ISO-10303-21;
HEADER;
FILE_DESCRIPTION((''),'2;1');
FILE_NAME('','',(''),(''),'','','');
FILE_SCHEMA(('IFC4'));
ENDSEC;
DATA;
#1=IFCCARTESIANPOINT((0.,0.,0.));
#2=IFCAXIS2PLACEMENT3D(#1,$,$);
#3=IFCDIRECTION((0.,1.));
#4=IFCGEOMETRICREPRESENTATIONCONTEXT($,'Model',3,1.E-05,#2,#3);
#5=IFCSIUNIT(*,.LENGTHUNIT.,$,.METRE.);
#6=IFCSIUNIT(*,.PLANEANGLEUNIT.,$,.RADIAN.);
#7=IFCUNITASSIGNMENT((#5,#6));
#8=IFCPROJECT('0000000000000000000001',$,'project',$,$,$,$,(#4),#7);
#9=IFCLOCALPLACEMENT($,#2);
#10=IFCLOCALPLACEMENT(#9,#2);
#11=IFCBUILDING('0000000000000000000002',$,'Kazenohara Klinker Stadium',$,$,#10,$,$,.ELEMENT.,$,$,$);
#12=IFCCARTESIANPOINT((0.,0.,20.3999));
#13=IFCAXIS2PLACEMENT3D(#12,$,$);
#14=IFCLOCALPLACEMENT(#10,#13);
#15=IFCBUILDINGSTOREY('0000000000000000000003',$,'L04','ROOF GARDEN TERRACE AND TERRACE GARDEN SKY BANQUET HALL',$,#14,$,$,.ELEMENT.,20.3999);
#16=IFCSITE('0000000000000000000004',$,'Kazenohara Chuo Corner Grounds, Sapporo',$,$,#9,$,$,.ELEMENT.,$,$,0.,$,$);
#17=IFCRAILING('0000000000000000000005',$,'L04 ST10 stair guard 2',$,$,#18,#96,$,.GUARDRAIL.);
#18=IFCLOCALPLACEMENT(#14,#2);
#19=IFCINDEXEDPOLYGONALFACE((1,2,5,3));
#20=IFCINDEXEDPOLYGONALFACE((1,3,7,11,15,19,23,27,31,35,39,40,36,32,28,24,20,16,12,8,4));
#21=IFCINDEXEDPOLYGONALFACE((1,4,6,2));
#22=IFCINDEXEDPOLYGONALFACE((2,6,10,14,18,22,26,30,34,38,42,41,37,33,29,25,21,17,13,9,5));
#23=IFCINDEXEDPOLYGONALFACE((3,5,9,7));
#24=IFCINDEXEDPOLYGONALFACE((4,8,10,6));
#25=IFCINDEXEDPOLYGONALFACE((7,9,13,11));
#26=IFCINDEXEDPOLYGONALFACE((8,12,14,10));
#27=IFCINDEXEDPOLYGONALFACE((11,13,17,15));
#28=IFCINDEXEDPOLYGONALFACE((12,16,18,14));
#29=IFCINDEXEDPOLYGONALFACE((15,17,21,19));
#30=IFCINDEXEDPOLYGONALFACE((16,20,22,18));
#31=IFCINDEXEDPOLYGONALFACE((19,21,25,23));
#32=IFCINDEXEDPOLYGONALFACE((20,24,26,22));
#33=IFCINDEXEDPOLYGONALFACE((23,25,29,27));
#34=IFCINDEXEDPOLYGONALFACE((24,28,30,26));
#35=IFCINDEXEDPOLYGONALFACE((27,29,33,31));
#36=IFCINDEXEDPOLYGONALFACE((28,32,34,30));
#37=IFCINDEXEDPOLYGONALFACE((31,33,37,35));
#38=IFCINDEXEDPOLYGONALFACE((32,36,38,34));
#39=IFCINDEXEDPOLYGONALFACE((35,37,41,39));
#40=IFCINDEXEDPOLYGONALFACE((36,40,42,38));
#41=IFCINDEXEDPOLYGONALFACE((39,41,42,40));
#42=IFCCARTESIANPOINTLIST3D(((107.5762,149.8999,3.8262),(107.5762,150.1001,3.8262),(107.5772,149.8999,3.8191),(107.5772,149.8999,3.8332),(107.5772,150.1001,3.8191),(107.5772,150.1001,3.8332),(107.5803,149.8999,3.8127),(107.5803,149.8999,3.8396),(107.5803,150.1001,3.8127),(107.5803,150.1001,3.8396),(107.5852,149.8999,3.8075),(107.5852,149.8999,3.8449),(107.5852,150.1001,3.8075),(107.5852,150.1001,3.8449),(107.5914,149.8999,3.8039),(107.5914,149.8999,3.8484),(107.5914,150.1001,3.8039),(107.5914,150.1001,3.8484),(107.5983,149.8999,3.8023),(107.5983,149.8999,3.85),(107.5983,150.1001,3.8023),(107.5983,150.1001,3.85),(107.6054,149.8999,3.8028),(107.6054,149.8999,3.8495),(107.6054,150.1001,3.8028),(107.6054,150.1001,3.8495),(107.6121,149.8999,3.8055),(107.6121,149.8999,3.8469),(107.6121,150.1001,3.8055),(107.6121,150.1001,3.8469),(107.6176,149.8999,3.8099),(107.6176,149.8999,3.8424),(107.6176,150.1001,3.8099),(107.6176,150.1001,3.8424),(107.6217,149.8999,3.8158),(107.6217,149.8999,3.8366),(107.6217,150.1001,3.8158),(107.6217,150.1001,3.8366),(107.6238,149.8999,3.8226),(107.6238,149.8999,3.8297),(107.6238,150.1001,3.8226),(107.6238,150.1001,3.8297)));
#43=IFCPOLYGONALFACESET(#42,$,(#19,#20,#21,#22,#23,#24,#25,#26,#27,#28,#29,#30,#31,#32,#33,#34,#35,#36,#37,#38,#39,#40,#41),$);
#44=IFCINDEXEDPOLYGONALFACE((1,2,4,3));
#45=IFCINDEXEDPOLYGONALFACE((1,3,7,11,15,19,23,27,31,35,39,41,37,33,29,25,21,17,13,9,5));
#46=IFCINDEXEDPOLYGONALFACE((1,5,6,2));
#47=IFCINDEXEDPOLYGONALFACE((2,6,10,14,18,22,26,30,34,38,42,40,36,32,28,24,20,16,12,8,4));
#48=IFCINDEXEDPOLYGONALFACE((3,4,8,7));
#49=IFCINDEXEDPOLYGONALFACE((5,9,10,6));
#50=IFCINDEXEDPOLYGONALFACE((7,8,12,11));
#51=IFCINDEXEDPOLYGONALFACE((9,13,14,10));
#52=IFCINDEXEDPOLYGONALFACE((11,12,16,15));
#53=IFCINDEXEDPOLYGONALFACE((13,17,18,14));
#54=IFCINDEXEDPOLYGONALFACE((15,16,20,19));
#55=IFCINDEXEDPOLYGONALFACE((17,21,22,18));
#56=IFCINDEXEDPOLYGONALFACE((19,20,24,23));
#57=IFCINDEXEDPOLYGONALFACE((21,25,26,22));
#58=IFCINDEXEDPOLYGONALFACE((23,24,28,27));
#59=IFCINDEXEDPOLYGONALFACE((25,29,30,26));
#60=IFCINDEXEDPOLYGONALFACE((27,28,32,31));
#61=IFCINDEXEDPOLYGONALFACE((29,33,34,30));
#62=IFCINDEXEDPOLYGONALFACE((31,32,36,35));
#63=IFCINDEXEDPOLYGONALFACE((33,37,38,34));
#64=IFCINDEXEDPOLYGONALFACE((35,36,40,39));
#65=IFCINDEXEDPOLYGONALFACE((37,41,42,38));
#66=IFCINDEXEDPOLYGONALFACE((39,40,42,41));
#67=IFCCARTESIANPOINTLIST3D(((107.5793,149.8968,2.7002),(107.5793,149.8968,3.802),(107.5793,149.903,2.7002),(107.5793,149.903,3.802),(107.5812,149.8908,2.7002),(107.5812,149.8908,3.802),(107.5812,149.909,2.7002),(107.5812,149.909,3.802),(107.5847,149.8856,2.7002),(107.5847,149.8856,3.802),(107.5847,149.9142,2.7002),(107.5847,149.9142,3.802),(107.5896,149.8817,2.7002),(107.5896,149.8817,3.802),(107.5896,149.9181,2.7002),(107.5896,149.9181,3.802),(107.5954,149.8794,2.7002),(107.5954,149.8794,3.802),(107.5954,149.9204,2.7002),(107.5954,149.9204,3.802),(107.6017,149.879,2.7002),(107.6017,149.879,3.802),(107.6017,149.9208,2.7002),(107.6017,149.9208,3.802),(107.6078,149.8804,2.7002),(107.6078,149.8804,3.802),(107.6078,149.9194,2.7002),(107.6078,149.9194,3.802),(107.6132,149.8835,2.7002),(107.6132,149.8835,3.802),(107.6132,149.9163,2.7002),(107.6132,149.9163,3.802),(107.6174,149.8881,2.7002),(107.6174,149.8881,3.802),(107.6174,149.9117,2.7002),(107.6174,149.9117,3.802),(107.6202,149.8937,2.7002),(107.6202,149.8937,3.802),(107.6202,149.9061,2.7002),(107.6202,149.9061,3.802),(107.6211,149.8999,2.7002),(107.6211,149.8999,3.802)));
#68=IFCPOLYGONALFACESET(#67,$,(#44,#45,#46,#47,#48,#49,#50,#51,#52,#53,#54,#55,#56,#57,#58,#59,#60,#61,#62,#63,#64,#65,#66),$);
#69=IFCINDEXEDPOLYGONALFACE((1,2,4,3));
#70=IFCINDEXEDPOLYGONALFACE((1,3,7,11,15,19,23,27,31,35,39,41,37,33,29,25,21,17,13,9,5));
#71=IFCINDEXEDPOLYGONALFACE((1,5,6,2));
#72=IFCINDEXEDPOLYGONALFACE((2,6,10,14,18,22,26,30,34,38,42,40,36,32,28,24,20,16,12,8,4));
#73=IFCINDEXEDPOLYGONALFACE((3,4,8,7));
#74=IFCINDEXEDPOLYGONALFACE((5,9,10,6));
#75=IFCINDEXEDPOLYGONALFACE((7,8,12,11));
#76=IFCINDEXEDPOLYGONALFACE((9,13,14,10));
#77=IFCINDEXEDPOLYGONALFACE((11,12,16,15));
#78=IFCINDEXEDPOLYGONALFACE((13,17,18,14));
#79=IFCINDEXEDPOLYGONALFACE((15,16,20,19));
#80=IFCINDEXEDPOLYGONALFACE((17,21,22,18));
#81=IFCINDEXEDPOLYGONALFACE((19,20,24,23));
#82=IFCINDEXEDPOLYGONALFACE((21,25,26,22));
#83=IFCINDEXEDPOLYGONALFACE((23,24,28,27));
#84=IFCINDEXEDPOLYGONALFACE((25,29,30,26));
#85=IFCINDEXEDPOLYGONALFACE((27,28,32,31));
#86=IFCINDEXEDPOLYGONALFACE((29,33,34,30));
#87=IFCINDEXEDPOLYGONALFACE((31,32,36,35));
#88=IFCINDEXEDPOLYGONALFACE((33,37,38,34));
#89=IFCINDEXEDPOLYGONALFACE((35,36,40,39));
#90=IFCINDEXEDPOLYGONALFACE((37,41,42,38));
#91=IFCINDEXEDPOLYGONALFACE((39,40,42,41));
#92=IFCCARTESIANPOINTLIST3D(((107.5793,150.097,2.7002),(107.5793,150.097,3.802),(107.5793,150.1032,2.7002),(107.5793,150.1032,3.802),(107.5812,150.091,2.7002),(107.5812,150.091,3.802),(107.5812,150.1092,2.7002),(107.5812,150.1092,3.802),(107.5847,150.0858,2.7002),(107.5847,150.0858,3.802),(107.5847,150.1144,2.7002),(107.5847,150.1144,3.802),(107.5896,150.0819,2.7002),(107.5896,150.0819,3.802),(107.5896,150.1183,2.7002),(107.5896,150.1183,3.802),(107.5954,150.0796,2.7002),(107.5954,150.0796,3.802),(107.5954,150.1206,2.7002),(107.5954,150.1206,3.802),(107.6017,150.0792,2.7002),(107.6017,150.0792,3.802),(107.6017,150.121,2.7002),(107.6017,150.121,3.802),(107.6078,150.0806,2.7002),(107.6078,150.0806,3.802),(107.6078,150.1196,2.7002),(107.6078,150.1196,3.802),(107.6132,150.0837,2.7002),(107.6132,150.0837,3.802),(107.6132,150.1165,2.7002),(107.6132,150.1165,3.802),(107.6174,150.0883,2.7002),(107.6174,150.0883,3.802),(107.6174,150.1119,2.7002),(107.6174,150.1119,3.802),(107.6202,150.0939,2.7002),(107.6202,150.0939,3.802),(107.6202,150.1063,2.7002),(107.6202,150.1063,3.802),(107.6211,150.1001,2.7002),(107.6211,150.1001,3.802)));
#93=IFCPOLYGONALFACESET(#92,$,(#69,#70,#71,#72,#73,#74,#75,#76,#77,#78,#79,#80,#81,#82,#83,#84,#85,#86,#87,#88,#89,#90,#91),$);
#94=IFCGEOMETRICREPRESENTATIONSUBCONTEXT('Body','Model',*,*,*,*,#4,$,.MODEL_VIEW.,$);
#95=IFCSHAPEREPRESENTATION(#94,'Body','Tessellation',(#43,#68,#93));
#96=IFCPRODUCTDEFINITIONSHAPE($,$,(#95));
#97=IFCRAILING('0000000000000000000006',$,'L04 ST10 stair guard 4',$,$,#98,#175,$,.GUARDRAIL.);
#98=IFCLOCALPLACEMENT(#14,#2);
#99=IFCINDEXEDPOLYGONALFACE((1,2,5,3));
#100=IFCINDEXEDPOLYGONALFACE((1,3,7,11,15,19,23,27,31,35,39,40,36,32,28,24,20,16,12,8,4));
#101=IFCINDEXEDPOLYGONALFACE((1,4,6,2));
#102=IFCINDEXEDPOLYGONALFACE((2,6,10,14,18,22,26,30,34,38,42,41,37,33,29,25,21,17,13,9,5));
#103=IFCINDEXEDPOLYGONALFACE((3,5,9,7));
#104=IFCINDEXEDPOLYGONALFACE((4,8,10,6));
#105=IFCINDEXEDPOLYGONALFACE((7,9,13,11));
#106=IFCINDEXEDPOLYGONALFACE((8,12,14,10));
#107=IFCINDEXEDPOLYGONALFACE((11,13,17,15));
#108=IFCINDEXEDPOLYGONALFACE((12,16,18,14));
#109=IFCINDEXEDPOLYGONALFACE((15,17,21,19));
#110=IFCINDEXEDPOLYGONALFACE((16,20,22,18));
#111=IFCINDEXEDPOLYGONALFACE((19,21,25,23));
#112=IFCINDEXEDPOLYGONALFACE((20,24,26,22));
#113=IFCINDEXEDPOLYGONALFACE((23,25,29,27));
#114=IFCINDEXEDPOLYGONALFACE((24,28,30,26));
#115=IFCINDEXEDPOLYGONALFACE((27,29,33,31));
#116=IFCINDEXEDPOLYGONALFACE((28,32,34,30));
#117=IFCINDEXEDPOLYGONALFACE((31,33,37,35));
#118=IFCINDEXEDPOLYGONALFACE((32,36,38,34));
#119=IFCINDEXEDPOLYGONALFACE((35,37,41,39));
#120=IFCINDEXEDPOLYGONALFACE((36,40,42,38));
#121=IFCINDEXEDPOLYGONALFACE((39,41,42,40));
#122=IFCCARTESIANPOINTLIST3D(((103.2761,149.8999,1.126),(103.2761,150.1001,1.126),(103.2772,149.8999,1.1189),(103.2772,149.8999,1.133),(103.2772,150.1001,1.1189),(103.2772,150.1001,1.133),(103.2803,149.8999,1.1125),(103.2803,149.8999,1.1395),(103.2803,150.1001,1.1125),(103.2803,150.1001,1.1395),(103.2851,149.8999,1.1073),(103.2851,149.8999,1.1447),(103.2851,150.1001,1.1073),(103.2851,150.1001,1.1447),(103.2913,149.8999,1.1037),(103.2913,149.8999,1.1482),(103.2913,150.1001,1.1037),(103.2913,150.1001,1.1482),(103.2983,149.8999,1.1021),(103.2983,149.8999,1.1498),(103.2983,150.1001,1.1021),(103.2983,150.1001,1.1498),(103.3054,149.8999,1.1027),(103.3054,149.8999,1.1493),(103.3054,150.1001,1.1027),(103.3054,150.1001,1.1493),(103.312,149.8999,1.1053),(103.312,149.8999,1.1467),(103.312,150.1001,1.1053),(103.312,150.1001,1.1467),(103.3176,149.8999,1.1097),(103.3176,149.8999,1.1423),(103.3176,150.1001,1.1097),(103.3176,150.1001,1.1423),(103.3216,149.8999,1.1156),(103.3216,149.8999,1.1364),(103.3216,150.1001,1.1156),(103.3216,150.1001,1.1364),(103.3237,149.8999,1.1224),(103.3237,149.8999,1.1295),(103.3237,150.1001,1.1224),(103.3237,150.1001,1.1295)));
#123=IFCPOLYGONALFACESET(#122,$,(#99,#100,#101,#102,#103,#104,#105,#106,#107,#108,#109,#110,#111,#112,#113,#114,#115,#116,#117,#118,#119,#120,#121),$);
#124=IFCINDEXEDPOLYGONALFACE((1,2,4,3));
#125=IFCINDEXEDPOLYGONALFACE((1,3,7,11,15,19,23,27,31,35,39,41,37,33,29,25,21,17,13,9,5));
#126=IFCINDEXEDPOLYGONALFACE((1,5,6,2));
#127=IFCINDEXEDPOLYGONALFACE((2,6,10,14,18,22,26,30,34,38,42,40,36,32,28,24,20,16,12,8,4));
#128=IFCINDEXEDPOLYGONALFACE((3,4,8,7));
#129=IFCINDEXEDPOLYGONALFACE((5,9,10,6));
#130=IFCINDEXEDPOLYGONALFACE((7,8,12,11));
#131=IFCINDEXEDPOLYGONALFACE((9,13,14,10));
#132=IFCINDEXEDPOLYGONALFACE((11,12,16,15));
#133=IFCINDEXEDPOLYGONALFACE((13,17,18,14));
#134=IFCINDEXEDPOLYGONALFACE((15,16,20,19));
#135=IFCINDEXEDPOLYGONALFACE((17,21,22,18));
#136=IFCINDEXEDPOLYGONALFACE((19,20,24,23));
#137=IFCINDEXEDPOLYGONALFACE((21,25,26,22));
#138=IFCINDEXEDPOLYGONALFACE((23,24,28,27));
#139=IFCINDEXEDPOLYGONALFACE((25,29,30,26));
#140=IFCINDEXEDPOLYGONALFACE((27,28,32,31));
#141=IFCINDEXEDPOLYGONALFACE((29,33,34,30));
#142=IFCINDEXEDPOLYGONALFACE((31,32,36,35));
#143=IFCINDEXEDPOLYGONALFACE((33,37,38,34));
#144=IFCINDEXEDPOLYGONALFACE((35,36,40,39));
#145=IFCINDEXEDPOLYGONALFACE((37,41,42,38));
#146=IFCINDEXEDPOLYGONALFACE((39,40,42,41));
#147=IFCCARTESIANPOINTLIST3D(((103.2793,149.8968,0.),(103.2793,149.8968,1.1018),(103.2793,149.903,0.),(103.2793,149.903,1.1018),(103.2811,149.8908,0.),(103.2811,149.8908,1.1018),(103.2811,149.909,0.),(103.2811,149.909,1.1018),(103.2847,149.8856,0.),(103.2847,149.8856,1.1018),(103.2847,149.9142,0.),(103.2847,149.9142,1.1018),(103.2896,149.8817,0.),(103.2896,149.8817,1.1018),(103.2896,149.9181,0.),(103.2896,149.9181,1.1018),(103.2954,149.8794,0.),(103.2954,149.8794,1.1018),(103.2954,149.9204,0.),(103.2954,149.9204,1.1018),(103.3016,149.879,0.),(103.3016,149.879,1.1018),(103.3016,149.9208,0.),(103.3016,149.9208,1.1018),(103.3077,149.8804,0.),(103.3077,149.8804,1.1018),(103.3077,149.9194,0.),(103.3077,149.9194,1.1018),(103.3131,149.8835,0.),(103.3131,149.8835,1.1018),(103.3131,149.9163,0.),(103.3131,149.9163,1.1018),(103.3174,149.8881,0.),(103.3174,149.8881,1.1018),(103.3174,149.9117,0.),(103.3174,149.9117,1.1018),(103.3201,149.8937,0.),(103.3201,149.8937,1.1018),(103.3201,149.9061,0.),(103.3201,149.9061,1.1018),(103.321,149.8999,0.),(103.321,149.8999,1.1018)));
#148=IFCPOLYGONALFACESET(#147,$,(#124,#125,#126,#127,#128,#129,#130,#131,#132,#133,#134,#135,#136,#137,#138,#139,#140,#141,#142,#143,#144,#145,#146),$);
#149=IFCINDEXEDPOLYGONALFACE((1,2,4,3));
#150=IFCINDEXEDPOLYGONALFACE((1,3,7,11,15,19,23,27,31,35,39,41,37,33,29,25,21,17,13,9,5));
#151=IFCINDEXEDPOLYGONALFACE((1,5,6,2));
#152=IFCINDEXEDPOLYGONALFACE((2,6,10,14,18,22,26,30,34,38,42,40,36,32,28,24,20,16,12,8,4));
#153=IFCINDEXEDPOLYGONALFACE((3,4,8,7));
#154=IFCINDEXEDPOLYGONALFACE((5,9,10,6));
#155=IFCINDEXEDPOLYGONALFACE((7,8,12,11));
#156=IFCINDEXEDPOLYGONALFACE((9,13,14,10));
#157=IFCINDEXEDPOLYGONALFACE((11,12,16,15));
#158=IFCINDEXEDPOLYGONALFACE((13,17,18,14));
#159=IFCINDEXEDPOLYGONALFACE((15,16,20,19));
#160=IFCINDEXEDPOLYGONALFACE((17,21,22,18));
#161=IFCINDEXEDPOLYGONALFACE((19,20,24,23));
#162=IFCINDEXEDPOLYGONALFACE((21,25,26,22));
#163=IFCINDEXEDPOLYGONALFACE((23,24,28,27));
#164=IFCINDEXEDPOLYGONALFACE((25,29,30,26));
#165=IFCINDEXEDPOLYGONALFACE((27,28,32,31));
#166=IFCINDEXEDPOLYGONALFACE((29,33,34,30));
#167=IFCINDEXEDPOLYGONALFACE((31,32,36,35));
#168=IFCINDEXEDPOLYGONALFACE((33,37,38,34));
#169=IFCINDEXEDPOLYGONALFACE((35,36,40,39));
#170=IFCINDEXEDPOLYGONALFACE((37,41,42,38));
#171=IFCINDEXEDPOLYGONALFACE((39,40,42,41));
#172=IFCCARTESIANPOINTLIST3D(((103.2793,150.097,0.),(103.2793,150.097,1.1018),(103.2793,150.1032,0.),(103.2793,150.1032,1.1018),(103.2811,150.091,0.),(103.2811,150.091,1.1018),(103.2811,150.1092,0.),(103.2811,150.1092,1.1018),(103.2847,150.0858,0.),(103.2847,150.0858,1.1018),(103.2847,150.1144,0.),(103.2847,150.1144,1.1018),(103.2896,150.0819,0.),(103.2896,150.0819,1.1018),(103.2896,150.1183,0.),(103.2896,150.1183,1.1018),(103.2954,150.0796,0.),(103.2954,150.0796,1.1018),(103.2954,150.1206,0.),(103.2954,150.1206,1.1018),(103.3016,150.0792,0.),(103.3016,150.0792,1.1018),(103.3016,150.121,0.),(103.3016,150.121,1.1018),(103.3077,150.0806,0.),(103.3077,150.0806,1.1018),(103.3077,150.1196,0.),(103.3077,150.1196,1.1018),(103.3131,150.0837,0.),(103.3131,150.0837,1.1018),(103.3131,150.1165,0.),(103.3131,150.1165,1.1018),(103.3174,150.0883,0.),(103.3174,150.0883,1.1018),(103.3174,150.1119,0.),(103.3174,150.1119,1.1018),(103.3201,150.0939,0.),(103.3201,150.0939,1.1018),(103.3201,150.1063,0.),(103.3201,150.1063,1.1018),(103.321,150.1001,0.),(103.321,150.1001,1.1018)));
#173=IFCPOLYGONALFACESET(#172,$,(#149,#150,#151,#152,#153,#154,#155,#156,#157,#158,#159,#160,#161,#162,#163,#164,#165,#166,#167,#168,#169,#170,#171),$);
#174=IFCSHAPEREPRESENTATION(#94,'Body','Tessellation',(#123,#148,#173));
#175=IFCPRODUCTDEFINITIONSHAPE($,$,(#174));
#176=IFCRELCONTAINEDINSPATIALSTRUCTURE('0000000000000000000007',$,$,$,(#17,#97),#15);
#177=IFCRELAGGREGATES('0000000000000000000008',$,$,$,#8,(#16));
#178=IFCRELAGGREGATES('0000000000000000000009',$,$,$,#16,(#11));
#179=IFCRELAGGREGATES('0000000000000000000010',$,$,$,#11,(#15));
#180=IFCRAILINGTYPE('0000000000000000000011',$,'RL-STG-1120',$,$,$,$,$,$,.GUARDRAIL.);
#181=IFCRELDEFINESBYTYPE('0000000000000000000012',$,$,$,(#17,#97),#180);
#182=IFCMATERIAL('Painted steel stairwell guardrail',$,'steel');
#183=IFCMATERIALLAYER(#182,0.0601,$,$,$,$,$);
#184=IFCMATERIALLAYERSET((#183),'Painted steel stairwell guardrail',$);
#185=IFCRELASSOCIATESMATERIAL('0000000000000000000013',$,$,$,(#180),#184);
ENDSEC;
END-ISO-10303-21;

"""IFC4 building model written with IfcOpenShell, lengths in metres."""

from ifc_helpers import new_model, si_unit, direction, frame, origin, origin_2d, place, context, subcontext, project, spatial, circle, extrude, material, layer, layer_set, type_object, element, save


model = new_model("IFC4")

# Units and contexts
model_context = context("Model", 3, precision=1e-05, world=origin(), true_north=direction((0.0, 1.0)))
body_context = subcontext(model_context, "Body", "Model", "MODEL_VIEW")
ifc_project = project(units=[si_unit("LENGTHUNIT", "METRE"), si_unit("PLANEANGLEUNIT", "RADIAN")], contexts=[model_context])

# Site, building, storey
site_placement = place(None, origin())
site = spatial("IfcSite", under=ifc_project, at=site_placement, Name="Kazenohara Chuo Corner Grounds, Sapporo", CompositionType="ELEMENT", RefElevation=0.0)
building_placement = place(site_placement, origin())
building = spatial("IfcBuilding", under=site, at=building_placement, Name="Kazenohara Klinker Stadium", CompositionType="ELEMENT")
storey_placement = place(building_placement, frame((0.0, 0.0, 20.3999)))
storey = spatial("IfcBuildingStorey", under=building, at=storey_placement, Name="L04", Description="ROOF GARDEN TERRACE AND TERRACE GARDEN SKY BANQUET HALL", CompositionType="ELEMENT", Elevation=20.3999)

# Railings
ifc_material_1 = material(Name="Painted steel stairwell guardrail", Category="steel")
ifc_layer_1 = layer(ifc_material_1, 0.0601)
ifc_layer_set_1 = layer_set([ifc_layer_1], Name="Painted steel stairwell guardrail")
railing_type_1 = type_object("IfcRailingType", Name="RL-STG-1120", PredefinedType="GUARDRAIL", material=ifc_layer_set_1)
for number, where, name in (
    (1, (107.6001, 149.8999, 2.7002), "L04 ST10 stair guard 2"),
    (2, (103.3, 149.8999, 0.0), "L04 ST10 stair guard 4"),
):
    element("IfcRailing", number, at=place(storey_placement, frame(where)), inside=storey, type_object=railing_type_1, Name=name, PredefinedType="GUARDRAIL", context=body_context, shape_type="SweptSolid", body=[
        extrude(circle(Radius=0.0239, at=origin_2d()), frame((0.0, 0.0, 1.126), z_axis=(0.0, 1.0, 0.0), x_axis=(-1.0, 0.0, 0.0)), (0.0, 0.0, 1.0), 0.2002),
        extrude(circle(Radius=0.021, at=origin_2d()), origin(), (0.0, 0.0, 1.0), 1.1018),
        extrude(circle(Radius=0.021, at=origin_2d()), frame((0.0, 0.2002, 0.0)), (0.0, 0.0, 1.0), 1.1018),
    ])

save(model, "model.ifc")
